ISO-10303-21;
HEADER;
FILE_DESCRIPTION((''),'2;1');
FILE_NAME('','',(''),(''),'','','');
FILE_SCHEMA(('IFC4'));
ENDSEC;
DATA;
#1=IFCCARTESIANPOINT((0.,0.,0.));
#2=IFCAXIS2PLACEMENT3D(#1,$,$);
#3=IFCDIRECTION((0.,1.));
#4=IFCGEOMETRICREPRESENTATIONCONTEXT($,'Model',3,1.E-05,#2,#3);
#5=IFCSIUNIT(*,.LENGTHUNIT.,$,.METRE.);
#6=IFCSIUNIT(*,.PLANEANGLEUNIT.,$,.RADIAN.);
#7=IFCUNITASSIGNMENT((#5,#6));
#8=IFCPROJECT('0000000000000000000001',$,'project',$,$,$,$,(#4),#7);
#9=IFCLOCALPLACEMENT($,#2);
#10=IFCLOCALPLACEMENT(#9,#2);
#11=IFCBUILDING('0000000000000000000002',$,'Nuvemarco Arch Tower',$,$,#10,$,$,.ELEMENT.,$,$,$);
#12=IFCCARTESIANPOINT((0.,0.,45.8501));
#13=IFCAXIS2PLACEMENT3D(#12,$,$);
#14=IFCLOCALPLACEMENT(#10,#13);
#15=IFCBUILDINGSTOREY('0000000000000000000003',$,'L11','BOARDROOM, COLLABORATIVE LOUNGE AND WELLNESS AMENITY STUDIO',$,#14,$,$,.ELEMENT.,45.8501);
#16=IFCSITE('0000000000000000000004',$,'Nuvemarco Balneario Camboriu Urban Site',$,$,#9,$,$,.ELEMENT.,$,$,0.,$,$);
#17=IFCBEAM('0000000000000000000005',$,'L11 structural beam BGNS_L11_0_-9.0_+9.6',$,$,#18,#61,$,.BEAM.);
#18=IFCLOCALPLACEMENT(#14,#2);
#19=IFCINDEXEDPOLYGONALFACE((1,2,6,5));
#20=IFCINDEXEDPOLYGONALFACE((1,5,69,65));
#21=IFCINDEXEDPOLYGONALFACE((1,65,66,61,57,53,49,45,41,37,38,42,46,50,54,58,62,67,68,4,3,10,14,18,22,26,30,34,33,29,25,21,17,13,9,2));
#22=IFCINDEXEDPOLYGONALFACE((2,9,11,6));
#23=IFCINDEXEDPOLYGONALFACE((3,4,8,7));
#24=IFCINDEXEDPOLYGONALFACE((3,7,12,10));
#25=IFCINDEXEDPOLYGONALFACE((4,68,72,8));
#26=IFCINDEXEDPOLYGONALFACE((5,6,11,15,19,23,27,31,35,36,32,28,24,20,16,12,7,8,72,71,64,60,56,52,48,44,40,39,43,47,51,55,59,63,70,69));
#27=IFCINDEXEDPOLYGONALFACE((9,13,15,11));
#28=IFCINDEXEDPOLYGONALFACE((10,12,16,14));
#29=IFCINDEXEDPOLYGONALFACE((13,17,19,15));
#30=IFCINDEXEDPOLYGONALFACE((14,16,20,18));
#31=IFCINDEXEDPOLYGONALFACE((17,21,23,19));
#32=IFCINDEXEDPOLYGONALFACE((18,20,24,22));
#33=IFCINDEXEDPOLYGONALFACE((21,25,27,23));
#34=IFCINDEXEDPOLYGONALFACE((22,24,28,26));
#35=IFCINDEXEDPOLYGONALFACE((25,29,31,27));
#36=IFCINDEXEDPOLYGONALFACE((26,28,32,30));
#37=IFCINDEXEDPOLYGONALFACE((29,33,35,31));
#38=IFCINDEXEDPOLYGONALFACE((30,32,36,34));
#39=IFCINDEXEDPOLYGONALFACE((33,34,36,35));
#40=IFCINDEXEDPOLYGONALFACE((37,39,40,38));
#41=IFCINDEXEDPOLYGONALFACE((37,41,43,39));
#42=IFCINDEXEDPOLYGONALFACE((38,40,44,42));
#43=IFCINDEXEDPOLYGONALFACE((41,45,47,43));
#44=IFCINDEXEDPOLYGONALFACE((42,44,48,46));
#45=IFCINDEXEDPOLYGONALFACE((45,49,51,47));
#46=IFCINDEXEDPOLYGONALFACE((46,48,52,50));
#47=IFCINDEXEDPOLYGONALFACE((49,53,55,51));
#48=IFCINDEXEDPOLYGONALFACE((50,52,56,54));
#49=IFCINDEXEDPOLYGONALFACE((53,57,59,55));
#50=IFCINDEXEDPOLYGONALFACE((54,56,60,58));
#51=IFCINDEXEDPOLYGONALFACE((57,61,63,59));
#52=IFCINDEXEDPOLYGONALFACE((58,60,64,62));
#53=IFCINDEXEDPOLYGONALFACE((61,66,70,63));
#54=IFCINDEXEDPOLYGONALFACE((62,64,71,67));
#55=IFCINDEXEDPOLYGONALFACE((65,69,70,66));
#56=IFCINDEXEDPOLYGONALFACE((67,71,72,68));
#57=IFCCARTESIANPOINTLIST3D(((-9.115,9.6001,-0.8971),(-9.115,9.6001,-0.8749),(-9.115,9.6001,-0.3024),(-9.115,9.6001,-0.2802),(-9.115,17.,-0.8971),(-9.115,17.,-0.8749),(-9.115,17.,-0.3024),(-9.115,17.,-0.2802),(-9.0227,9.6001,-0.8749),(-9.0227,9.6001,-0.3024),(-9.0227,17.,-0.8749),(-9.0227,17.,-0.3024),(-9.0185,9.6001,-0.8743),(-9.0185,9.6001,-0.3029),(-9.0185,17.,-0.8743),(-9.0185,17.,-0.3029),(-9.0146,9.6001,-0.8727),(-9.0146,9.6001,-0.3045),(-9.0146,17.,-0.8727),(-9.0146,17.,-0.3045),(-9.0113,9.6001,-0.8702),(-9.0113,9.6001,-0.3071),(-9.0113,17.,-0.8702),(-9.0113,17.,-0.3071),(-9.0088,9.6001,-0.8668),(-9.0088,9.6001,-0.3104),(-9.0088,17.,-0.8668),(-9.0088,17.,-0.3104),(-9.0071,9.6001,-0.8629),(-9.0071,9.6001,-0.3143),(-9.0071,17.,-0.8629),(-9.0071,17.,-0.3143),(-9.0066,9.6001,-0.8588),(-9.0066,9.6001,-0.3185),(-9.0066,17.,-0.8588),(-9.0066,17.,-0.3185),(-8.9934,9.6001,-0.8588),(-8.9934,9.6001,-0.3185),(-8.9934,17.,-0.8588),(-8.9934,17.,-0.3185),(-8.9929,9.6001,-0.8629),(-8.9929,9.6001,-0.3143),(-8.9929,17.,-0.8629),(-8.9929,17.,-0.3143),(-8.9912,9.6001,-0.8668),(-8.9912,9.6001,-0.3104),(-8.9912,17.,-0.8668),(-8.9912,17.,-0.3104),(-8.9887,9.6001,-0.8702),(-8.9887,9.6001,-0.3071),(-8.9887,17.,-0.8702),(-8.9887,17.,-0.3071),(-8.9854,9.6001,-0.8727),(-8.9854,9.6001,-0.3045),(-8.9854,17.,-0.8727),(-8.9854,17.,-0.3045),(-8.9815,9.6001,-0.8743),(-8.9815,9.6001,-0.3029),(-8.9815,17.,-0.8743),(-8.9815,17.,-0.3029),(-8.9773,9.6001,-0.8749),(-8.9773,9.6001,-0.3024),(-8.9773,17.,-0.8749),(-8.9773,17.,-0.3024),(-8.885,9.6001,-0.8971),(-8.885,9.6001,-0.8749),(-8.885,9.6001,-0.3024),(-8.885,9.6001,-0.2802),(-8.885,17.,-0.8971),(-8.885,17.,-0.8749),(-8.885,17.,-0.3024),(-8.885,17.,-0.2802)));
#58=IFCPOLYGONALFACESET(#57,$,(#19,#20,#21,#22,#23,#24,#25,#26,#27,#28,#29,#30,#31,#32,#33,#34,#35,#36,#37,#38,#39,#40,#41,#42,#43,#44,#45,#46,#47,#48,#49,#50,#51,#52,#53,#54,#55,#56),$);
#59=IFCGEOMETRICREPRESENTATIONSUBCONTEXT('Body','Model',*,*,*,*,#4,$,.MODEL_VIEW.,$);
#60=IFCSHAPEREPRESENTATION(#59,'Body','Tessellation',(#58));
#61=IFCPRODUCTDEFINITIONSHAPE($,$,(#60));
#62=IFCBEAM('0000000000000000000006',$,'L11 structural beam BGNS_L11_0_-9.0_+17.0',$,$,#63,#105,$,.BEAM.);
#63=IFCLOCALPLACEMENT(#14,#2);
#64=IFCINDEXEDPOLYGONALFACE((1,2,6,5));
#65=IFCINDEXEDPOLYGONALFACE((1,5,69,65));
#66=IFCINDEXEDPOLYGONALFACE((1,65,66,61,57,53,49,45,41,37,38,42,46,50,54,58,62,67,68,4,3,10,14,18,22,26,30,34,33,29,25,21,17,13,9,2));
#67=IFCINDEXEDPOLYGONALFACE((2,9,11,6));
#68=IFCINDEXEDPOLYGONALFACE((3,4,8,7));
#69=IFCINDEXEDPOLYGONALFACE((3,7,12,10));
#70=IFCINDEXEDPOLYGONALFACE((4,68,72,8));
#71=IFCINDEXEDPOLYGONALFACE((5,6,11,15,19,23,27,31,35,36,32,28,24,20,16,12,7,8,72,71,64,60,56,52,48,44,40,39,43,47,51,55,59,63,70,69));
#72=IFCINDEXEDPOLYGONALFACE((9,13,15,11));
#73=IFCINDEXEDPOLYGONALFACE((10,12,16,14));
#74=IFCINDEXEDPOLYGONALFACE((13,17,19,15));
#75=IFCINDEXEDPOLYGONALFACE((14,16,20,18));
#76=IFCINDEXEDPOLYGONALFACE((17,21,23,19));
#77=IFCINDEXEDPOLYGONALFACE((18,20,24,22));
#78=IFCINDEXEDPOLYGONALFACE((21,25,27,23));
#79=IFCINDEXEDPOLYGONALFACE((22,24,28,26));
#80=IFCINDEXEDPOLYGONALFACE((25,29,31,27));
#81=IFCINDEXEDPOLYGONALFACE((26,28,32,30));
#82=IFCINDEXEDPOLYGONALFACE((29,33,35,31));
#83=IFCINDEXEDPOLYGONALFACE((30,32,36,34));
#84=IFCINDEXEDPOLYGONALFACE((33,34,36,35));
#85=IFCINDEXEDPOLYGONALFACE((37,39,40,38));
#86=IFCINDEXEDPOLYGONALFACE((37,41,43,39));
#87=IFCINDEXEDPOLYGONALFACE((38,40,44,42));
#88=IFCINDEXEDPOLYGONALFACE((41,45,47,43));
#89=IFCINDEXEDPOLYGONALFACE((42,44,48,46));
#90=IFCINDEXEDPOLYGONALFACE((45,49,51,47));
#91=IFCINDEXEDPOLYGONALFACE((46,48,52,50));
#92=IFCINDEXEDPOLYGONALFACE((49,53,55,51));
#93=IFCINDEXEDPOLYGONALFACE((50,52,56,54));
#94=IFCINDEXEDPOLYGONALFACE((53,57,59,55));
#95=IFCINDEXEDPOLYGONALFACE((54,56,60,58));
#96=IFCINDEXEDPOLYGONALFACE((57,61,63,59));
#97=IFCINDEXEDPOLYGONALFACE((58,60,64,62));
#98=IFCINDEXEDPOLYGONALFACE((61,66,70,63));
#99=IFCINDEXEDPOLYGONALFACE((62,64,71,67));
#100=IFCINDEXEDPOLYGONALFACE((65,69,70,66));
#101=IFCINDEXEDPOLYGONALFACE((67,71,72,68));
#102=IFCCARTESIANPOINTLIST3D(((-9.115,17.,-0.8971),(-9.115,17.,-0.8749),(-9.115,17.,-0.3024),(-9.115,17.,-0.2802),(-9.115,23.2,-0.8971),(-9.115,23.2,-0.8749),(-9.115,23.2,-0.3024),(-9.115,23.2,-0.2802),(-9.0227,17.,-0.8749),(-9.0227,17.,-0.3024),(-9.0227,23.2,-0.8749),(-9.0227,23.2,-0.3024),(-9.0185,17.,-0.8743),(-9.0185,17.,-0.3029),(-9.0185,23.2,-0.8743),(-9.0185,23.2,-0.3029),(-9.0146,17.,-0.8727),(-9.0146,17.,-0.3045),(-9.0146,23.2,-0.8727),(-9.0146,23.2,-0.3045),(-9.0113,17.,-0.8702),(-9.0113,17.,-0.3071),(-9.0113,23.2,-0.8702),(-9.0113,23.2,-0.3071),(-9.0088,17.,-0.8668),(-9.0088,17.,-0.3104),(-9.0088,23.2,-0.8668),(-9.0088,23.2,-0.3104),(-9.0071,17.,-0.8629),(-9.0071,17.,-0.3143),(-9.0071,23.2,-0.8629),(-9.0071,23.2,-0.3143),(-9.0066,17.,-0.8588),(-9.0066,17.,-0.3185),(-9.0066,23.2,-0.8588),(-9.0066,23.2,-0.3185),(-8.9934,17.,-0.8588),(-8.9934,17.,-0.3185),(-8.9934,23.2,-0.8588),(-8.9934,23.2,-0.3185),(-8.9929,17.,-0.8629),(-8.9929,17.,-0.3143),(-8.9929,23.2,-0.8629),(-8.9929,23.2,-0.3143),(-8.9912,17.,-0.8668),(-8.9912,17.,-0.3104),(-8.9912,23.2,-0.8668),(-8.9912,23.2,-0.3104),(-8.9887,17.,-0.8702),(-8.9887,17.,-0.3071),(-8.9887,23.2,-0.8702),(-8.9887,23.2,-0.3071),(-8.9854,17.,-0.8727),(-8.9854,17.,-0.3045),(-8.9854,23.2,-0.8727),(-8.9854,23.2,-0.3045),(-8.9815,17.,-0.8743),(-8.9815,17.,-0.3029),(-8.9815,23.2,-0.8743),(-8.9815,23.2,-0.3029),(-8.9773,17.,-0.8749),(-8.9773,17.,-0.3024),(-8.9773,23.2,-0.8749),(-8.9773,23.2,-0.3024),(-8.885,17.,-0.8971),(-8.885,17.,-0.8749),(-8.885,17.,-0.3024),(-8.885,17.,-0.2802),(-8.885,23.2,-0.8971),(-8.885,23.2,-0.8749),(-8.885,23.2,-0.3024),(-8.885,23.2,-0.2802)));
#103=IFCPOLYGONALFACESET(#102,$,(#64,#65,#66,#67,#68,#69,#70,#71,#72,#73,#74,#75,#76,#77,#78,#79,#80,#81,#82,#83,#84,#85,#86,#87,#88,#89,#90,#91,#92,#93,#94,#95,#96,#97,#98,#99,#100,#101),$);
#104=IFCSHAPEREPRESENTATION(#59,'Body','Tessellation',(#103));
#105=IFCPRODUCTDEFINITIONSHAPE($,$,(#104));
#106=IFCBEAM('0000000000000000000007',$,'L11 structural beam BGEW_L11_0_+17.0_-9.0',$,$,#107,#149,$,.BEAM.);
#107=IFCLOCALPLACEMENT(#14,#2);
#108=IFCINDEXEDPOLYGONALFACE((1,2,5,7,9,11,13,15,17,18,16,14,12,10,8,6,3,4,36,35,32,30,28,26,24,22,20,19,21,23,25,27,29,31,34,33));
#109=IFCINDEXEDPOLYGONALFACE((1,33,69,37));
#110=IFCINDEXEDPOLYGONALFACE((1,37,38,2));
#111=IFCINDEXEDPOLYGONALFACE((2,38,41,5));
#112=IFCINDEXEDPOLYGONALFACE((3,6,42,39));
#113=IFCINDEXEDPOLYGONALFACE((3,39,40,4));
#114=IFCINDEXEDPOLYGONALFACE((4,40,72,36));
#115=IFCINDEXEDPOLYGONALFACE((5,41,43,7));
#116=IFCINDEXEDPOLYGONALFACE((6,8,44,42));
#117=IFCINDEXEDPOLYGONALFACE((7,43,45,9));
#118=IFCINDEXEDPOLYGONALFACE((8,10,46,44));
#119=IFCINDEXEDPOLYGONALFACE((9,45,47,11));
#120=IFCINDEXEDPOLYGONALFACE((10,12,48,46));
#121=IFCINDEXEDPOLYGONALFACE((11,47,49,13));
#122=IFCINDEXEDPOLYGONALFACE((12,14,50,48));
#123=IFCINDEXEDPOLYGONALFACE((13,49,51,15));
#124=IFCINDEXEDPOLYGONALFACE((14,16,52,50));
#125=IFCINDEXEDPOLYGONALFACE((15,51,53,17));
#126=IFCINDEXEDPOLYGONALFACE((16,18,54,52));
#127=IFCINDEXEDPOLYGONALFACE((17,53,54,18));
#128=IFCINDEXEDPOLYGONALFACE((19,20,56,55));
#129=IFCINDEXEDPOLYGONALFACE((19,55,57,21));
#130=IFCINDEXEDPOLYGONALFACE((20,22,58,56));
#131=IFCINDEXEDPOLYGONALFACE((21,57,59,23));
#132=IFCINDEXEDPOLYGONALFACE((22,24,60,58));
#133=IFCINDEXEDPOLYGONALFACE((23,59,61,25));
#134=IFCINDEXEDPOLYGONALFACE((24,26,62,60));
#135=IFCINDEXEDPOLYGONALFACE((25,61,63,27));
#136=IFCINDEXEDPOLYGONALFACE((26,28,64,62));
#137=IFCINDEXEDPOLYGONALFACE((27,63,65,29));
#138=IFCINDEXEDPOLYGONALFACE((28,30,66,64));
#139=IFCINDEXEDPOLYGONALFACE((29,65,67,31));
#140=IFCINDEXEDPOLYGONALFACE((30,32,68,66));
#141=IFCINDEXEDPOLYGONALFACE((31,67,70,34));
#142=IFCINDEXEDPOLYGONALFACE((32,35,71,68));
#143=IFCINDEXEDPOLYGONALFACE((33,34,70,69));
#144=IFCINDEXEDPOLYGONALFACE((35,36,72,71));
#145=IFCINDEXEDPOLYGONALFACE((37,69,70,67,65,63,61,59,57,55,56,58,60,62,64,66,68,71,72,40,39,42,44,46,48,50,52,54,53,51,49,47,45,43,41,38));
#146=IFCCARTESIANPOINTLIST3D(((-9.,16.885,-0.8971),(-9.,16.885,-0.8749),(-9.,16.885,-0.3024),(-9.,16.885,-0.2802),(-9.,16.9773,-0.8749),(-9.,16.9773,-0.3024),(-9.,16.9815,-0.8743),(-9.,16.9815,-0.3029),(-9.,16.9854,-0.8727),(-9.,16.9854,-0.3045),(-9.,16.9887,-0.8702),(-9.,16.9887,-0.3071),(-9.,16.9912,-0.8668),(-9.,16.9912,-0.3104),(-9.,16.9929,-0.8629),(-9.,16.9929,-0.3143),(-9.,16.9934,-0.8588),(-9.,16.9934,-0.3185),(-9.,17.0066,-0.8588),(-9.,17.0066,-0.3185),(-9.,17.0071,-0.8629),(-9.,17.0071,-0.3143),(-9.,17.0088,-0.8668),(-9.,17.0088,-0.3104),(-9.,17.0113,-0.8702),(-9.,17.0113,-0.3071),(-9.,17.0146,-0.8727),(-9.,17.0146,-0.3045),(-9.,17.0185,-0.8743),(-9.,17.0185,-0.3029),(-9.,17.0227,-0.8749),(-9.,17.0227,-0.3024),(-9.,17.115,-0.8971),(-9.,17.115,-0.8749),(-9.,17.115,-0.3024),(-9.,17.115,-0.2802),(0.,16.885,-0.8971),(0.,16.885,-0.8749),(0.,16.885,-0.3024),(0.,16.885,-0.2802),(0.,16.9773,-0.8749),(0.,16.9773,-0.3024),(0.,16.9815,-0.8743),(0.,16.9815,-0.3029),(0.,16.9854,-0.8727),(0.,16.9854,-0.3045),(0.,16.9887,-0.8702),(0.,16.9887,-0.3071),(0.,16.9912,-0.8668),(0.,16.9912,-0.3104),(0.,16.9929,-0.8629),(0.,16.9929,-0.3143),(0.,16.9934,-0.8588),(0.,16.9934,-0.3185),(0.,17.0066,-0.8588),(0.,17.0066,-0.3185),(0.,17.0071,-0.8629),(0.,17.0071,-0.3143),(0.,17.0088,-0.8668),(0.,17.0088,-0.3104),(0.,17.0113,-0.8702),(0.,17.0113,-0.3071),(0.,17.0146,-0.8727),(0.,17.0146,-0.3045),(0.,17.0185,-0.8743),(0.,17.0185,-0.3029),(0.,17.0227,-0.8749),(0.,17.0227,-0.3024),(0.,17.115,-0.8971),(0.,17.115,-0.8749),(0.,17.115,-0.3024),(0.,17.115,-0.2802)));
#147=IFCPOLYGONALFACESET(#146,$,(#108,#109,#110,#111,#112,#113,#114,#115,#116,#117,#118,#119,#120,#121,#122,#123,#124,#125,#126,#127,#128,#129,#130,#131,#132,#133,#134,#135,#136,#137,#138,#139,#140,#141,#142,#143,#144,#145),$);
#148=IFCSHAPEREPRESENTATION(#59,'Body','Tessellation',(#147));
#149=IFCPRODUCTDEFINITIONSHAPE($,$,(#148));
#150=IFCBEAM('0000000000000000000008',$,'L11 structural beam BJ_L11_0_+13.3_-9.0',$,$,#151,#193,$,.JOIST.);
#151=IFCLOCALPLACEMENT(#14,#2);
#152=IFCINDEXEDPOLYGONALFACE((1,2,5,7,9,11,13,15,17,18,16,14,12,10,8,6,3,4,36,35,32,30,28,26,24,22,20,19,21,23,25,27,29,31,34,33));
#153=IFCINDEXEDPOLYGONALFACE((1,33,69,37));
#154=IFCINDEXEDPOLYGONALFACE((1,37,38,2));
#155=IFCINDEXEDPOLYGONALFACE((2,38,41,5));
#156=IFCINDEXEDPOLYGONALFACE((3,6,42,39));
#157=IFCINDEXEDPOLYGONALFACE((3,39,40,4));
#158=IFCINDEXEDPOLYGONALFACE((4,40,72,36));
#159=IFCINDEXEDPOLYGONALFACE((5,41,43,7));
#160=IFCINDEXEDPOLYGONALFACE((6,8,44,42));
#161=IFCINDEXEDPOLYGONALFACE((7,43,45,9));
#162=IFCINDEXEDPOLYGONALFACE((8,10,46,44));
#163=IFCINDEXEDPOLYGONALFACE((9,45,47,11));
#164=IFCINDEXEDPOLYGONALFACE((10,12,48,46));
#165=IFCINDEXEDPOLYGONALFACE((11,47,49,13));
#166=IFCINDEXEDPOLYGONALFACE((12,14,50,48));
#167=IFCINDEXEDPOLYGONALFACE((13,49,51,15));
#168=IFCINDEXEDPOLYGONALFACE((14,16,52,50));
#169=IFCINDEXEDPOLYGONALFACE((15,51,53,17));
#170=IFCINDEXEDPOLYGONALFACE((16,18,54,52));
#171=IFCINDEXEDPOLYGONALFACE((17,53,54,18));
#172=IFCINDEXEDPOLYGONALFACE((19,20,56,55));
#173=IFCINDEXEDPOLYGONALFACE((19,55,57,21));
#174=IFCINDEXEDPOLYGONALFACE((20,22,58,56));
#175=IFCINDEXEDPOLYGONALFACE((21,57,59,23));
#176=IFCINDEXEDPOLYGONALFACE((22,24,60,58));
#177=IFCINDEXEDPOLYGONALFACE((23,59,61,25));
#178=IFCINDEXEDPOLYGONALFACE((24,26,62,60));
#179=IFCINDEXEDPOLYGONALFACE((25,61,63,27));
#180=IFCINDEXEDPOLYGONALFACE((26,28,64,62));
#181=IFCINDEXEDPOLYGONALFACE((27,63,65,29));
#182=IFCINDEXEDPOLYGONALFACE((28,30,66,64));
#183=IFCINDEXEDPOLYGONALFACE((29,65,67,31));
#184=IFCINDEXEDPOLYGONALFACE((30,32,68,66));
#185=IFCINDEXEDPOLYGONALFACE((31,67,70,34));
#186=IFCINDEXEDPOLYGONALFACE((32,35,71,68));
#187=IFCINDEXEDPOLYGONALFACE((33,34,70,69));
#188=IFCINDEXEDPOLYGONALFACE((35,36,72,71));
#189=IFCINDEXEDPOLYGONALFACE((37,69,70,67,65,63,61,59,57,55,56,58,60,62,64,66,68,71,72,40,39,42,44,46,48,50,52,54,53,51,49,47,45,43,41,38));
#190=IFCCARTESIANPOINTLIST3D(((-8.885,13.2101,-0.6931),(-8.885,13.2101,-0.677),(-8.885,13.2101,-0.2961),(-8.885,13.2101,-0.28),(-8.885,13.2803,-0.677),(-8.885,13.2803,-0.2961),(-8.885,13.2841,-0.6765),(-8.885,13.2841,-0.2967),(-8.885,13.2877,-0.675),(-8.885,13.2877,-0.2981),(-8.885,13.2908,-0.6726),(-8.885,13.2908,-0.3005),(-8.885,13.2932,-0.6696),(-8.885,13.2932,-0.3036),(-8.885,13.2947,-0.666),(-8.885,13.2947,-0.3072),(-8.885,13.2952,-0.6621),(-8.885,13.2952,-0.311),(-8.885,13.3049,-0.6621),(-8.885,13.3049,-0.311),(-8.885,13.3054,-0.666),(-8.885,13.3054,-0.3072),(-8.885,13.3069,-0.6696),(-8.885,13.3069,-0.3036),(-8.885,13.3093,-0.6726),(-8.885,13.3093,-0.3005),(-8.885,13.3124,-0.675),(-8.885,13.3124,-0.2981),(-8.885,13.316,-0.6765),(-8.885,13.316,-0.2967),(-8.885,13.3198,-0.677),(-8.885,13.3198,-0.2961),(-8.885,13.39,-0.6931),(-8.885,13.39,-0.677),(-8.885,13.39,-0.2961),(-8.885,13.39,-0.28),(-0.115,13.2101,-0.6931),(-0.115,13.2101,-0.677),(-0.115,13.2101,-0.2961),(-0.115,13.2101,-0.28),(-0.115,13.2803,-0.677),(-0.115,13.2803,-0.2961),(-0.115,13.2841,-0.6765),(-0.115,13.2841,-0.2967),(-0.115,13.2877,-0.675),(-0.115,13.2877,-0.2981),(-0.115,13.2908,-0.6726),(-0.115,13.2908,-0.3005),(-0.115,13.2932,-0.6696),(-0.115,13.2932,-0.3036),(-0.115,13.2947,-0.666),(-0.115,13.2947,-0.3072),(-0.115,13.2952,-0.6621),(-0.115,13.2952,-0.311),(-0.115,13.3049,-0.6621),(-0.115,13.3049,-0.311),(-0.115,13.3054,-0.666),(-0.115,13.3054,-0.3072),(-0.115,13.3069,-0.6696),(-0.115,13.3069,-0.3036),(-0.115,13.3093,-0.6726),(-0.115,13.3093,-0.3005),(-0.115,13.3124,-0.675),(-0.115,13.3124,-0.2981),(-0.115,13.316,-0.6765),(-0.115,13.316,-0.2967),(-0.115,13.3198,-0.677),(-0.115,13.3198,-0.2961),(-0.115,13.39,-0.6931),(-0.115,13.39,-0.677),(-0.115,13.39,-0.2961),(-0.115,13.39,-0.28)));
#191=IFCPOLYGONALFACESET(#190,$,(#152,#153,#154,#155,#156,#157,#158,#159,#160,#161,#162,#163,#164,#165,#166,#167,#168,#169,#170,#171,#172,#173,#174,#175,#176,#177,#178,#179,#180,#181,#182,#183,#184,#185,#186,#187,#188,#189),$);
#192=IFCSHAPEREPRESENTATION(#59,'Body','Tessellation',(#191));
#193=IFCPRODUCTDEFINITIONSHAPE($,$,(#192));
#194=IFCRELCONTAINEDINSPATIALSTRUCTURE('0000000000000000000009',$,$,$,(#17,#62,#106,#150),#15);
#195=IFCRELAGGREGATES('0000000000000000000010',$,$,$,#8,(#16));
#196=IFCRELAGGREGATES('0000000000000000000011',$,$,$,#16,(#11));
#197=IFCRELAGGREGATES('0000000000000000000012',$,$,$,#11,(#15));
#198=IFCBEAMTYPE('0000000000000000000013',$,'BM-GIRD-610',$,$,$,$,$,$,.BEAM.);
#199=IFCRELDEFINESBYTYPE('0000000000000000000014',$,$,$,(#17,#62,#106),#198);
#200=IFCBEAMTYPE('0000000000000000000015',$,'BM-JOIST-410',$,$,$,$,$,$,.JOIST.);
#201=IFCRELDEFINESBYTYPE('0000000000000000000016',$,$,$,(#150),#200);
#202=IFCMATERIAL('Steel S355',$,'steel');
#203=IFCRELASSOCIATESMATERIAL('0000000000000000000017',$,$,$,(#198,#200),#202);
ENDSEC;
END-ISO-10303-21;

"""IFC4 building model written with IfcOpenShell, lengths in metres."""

from ifc_helpers import new_model, si_unit, direction, frame, origin, origin_2d, place, context, subcontext, project, spatial, i_section, extrude, material, material_profile, profile_set, type_object, element, save


model = new_model("IFC4")

# Units and contexts
model_context = context("Model", 3, precision=1e-05, world=origin(), true_north=direction((0.0, 1.0)))
body_context = subcontext(model_context, "Body", "Model", "MODEL_VIEW")
ifc_project = project(units=[si_unit("LENGTHUNIT", "METRE"), si_unit("PLANEANGLEUNIT", "RADIAN")], contexts=[model_context])

# Site, building, storey
site_placement = place(None, origin())
site = spatial("IfcSite", under=ifc_project, at=site_placement, Name="Nuvemarco Balneario Camboriu Urban Site", CompositionType="ELEMENT", RefElevation=0.0)
building_placement = place(site_placement, origin())
building = spatial("IfcBuilding", under=site, at=building_placement, Name="Nuvemarco Arch Tower", CompositionType="ELEMENT")
storey_placement = place(building_placement, frame((0.0, 0.0, 45.8501)))
storey = spatial("IfcBuildingStorey", under=building, at=storey_placement, Name="L11", Description="BOARDROOM, COLLABORATIVE LOUNGE AND WELLNESS AMENITY STUDIO", CompositionType="ELEMENT", Elevation=45.8501)

# Shared definitions
ifc_material_1 = material(Name="Steel S355", Category="steel")

# Beams
ifc_material_profile_1 = material_profile(ifc_material_1, i_section(OverallWidth=0.23, OverallDepth=0.6169, WebThickness=0.0132, FlangeThickness=0.0222, FilletRadius=0.0161, at=origin_2d()), Name="W610x140")
ifc_profile_set_1 = profile_set([ifc_material_profile_1], Name="Steel S355")
beam_type_1 = type_object("IfcBeamType", Name="BM-GIRD-610", PredefinedType="BEAM", material=ifc_profile_set_1)
beam_1_placement = place(storey_placement, frame((-9.0, 9.6001, -0.5886), z_axis=(0.0, 1.0, 0.0), x_axis=(-1.0, 0.0, 0.0)))
element("IfcBeam", 1, at=beam_1_placement, inside=storey, type_object=beam_type_1, Name="L11 structural beam BGNS_L11_0_-9.0_+9.6", PredefinedType="BEAM", context=body_context, shape_type="SweptSolid", body=[
    extrude(i_section(OverallWidth=0.23, OverallDepth=0.6169, WebThickness=0.0132, FlangeThickness=0.0222, FilletRadius=0.0161, at=origin_2d()), origin(), (0.0, 0.0, 1.0), 7.3999),
])
beam_2_placement = place(storey_placement, frame((-9.0, 17.0, -0.5886), z_axis=(0.0, 1.0, 0.0), x_axis=(-1.0, 0.0, 0.0)))
element("IfcBeam", 2, at=beam_2_placement, inside=storey, type_object=beam_type_1, Name="L11 structural beam BGNS_L11_0_-9.0_+17.0", PredefinedType="BEAM", context=body_context, shape_type="SweptSolid", body=[
    extrude(i_section(OverallWidth=0.23, OverallDepth=0.6169, WebThickness=0.0132, FlangeThickness=0.0222, FilletRadius=0.0161, at=origin_2d()), origin(), (0.0, 0.0, 1.0), 6.2),
])
beam_3_placement = place(storey_placement, frame((-9.0, 17.0, -0.5886), z_axis=(1.0, 0.0, 0.0), x_axis=(0.0, 1.0, 0.0)))
element("IfcBeam", 3, at=beam_3_placement, inside=storey, type_object=beam_type_1, Name="L11 structural beam BGEW_L11_0_+17.0_-9.0", PredefinedType="BEAM", context=body_context, shape_type="SweptSolid", body=[
    extrude(i_section(OverallWidth=0.23, OverallDepth=0.6169, WebThickness=0.0132, FlangeThickness=0.0222, FilletRadius=0.0161, at=origin_2d()), origin(), (0.0, 0.0, 1.0), 9.0),
])
ifc_material_profile_2 = material_profile(ifc_material_1, i_section(OverallWidth=0.1799, OverallDepth=0.4131, WebThickness=0.0098, FlangeThickness=0.0161, FilletRadius=0.0149, at=origin_2d()), Name="W410x75")
ifc_profile_set_2 = profile_set([ifc_material_profile_2], Name="Steel S355")
beam_type_2 = type_object("IfcBeamType", Name="BM-JOIST-410", PredefinedType="JOIST", material=ifc_profile_set_2)
beam_4_placement = place(storey_placement, frame((-8.885, 13.3, -0.4866), z_axis=(1.0, 0.0, 0.0), x_axis=(0.0, 1.0, 0.0)))
element("IfcBeam", 4, at=beam_4_placement, inside=storey, type_object=beam_type_2, Name="L11 structural beam BJ_L11_0_+13.3_-9.0", PredefinedType="JOIST", context=body_context, shape_type="SweptSolid", body=[
    extrude(i_section(OverallWidth=0.1799, OverallDepth=0.4131, WebThickness=0.0098, FlangeThickness=0.0161, FilletRadius=0.0149, at=origin_2d()), origin(), (0.0, 0.0, 1.0), 8.77),
])

save(model, "model.ifc")
